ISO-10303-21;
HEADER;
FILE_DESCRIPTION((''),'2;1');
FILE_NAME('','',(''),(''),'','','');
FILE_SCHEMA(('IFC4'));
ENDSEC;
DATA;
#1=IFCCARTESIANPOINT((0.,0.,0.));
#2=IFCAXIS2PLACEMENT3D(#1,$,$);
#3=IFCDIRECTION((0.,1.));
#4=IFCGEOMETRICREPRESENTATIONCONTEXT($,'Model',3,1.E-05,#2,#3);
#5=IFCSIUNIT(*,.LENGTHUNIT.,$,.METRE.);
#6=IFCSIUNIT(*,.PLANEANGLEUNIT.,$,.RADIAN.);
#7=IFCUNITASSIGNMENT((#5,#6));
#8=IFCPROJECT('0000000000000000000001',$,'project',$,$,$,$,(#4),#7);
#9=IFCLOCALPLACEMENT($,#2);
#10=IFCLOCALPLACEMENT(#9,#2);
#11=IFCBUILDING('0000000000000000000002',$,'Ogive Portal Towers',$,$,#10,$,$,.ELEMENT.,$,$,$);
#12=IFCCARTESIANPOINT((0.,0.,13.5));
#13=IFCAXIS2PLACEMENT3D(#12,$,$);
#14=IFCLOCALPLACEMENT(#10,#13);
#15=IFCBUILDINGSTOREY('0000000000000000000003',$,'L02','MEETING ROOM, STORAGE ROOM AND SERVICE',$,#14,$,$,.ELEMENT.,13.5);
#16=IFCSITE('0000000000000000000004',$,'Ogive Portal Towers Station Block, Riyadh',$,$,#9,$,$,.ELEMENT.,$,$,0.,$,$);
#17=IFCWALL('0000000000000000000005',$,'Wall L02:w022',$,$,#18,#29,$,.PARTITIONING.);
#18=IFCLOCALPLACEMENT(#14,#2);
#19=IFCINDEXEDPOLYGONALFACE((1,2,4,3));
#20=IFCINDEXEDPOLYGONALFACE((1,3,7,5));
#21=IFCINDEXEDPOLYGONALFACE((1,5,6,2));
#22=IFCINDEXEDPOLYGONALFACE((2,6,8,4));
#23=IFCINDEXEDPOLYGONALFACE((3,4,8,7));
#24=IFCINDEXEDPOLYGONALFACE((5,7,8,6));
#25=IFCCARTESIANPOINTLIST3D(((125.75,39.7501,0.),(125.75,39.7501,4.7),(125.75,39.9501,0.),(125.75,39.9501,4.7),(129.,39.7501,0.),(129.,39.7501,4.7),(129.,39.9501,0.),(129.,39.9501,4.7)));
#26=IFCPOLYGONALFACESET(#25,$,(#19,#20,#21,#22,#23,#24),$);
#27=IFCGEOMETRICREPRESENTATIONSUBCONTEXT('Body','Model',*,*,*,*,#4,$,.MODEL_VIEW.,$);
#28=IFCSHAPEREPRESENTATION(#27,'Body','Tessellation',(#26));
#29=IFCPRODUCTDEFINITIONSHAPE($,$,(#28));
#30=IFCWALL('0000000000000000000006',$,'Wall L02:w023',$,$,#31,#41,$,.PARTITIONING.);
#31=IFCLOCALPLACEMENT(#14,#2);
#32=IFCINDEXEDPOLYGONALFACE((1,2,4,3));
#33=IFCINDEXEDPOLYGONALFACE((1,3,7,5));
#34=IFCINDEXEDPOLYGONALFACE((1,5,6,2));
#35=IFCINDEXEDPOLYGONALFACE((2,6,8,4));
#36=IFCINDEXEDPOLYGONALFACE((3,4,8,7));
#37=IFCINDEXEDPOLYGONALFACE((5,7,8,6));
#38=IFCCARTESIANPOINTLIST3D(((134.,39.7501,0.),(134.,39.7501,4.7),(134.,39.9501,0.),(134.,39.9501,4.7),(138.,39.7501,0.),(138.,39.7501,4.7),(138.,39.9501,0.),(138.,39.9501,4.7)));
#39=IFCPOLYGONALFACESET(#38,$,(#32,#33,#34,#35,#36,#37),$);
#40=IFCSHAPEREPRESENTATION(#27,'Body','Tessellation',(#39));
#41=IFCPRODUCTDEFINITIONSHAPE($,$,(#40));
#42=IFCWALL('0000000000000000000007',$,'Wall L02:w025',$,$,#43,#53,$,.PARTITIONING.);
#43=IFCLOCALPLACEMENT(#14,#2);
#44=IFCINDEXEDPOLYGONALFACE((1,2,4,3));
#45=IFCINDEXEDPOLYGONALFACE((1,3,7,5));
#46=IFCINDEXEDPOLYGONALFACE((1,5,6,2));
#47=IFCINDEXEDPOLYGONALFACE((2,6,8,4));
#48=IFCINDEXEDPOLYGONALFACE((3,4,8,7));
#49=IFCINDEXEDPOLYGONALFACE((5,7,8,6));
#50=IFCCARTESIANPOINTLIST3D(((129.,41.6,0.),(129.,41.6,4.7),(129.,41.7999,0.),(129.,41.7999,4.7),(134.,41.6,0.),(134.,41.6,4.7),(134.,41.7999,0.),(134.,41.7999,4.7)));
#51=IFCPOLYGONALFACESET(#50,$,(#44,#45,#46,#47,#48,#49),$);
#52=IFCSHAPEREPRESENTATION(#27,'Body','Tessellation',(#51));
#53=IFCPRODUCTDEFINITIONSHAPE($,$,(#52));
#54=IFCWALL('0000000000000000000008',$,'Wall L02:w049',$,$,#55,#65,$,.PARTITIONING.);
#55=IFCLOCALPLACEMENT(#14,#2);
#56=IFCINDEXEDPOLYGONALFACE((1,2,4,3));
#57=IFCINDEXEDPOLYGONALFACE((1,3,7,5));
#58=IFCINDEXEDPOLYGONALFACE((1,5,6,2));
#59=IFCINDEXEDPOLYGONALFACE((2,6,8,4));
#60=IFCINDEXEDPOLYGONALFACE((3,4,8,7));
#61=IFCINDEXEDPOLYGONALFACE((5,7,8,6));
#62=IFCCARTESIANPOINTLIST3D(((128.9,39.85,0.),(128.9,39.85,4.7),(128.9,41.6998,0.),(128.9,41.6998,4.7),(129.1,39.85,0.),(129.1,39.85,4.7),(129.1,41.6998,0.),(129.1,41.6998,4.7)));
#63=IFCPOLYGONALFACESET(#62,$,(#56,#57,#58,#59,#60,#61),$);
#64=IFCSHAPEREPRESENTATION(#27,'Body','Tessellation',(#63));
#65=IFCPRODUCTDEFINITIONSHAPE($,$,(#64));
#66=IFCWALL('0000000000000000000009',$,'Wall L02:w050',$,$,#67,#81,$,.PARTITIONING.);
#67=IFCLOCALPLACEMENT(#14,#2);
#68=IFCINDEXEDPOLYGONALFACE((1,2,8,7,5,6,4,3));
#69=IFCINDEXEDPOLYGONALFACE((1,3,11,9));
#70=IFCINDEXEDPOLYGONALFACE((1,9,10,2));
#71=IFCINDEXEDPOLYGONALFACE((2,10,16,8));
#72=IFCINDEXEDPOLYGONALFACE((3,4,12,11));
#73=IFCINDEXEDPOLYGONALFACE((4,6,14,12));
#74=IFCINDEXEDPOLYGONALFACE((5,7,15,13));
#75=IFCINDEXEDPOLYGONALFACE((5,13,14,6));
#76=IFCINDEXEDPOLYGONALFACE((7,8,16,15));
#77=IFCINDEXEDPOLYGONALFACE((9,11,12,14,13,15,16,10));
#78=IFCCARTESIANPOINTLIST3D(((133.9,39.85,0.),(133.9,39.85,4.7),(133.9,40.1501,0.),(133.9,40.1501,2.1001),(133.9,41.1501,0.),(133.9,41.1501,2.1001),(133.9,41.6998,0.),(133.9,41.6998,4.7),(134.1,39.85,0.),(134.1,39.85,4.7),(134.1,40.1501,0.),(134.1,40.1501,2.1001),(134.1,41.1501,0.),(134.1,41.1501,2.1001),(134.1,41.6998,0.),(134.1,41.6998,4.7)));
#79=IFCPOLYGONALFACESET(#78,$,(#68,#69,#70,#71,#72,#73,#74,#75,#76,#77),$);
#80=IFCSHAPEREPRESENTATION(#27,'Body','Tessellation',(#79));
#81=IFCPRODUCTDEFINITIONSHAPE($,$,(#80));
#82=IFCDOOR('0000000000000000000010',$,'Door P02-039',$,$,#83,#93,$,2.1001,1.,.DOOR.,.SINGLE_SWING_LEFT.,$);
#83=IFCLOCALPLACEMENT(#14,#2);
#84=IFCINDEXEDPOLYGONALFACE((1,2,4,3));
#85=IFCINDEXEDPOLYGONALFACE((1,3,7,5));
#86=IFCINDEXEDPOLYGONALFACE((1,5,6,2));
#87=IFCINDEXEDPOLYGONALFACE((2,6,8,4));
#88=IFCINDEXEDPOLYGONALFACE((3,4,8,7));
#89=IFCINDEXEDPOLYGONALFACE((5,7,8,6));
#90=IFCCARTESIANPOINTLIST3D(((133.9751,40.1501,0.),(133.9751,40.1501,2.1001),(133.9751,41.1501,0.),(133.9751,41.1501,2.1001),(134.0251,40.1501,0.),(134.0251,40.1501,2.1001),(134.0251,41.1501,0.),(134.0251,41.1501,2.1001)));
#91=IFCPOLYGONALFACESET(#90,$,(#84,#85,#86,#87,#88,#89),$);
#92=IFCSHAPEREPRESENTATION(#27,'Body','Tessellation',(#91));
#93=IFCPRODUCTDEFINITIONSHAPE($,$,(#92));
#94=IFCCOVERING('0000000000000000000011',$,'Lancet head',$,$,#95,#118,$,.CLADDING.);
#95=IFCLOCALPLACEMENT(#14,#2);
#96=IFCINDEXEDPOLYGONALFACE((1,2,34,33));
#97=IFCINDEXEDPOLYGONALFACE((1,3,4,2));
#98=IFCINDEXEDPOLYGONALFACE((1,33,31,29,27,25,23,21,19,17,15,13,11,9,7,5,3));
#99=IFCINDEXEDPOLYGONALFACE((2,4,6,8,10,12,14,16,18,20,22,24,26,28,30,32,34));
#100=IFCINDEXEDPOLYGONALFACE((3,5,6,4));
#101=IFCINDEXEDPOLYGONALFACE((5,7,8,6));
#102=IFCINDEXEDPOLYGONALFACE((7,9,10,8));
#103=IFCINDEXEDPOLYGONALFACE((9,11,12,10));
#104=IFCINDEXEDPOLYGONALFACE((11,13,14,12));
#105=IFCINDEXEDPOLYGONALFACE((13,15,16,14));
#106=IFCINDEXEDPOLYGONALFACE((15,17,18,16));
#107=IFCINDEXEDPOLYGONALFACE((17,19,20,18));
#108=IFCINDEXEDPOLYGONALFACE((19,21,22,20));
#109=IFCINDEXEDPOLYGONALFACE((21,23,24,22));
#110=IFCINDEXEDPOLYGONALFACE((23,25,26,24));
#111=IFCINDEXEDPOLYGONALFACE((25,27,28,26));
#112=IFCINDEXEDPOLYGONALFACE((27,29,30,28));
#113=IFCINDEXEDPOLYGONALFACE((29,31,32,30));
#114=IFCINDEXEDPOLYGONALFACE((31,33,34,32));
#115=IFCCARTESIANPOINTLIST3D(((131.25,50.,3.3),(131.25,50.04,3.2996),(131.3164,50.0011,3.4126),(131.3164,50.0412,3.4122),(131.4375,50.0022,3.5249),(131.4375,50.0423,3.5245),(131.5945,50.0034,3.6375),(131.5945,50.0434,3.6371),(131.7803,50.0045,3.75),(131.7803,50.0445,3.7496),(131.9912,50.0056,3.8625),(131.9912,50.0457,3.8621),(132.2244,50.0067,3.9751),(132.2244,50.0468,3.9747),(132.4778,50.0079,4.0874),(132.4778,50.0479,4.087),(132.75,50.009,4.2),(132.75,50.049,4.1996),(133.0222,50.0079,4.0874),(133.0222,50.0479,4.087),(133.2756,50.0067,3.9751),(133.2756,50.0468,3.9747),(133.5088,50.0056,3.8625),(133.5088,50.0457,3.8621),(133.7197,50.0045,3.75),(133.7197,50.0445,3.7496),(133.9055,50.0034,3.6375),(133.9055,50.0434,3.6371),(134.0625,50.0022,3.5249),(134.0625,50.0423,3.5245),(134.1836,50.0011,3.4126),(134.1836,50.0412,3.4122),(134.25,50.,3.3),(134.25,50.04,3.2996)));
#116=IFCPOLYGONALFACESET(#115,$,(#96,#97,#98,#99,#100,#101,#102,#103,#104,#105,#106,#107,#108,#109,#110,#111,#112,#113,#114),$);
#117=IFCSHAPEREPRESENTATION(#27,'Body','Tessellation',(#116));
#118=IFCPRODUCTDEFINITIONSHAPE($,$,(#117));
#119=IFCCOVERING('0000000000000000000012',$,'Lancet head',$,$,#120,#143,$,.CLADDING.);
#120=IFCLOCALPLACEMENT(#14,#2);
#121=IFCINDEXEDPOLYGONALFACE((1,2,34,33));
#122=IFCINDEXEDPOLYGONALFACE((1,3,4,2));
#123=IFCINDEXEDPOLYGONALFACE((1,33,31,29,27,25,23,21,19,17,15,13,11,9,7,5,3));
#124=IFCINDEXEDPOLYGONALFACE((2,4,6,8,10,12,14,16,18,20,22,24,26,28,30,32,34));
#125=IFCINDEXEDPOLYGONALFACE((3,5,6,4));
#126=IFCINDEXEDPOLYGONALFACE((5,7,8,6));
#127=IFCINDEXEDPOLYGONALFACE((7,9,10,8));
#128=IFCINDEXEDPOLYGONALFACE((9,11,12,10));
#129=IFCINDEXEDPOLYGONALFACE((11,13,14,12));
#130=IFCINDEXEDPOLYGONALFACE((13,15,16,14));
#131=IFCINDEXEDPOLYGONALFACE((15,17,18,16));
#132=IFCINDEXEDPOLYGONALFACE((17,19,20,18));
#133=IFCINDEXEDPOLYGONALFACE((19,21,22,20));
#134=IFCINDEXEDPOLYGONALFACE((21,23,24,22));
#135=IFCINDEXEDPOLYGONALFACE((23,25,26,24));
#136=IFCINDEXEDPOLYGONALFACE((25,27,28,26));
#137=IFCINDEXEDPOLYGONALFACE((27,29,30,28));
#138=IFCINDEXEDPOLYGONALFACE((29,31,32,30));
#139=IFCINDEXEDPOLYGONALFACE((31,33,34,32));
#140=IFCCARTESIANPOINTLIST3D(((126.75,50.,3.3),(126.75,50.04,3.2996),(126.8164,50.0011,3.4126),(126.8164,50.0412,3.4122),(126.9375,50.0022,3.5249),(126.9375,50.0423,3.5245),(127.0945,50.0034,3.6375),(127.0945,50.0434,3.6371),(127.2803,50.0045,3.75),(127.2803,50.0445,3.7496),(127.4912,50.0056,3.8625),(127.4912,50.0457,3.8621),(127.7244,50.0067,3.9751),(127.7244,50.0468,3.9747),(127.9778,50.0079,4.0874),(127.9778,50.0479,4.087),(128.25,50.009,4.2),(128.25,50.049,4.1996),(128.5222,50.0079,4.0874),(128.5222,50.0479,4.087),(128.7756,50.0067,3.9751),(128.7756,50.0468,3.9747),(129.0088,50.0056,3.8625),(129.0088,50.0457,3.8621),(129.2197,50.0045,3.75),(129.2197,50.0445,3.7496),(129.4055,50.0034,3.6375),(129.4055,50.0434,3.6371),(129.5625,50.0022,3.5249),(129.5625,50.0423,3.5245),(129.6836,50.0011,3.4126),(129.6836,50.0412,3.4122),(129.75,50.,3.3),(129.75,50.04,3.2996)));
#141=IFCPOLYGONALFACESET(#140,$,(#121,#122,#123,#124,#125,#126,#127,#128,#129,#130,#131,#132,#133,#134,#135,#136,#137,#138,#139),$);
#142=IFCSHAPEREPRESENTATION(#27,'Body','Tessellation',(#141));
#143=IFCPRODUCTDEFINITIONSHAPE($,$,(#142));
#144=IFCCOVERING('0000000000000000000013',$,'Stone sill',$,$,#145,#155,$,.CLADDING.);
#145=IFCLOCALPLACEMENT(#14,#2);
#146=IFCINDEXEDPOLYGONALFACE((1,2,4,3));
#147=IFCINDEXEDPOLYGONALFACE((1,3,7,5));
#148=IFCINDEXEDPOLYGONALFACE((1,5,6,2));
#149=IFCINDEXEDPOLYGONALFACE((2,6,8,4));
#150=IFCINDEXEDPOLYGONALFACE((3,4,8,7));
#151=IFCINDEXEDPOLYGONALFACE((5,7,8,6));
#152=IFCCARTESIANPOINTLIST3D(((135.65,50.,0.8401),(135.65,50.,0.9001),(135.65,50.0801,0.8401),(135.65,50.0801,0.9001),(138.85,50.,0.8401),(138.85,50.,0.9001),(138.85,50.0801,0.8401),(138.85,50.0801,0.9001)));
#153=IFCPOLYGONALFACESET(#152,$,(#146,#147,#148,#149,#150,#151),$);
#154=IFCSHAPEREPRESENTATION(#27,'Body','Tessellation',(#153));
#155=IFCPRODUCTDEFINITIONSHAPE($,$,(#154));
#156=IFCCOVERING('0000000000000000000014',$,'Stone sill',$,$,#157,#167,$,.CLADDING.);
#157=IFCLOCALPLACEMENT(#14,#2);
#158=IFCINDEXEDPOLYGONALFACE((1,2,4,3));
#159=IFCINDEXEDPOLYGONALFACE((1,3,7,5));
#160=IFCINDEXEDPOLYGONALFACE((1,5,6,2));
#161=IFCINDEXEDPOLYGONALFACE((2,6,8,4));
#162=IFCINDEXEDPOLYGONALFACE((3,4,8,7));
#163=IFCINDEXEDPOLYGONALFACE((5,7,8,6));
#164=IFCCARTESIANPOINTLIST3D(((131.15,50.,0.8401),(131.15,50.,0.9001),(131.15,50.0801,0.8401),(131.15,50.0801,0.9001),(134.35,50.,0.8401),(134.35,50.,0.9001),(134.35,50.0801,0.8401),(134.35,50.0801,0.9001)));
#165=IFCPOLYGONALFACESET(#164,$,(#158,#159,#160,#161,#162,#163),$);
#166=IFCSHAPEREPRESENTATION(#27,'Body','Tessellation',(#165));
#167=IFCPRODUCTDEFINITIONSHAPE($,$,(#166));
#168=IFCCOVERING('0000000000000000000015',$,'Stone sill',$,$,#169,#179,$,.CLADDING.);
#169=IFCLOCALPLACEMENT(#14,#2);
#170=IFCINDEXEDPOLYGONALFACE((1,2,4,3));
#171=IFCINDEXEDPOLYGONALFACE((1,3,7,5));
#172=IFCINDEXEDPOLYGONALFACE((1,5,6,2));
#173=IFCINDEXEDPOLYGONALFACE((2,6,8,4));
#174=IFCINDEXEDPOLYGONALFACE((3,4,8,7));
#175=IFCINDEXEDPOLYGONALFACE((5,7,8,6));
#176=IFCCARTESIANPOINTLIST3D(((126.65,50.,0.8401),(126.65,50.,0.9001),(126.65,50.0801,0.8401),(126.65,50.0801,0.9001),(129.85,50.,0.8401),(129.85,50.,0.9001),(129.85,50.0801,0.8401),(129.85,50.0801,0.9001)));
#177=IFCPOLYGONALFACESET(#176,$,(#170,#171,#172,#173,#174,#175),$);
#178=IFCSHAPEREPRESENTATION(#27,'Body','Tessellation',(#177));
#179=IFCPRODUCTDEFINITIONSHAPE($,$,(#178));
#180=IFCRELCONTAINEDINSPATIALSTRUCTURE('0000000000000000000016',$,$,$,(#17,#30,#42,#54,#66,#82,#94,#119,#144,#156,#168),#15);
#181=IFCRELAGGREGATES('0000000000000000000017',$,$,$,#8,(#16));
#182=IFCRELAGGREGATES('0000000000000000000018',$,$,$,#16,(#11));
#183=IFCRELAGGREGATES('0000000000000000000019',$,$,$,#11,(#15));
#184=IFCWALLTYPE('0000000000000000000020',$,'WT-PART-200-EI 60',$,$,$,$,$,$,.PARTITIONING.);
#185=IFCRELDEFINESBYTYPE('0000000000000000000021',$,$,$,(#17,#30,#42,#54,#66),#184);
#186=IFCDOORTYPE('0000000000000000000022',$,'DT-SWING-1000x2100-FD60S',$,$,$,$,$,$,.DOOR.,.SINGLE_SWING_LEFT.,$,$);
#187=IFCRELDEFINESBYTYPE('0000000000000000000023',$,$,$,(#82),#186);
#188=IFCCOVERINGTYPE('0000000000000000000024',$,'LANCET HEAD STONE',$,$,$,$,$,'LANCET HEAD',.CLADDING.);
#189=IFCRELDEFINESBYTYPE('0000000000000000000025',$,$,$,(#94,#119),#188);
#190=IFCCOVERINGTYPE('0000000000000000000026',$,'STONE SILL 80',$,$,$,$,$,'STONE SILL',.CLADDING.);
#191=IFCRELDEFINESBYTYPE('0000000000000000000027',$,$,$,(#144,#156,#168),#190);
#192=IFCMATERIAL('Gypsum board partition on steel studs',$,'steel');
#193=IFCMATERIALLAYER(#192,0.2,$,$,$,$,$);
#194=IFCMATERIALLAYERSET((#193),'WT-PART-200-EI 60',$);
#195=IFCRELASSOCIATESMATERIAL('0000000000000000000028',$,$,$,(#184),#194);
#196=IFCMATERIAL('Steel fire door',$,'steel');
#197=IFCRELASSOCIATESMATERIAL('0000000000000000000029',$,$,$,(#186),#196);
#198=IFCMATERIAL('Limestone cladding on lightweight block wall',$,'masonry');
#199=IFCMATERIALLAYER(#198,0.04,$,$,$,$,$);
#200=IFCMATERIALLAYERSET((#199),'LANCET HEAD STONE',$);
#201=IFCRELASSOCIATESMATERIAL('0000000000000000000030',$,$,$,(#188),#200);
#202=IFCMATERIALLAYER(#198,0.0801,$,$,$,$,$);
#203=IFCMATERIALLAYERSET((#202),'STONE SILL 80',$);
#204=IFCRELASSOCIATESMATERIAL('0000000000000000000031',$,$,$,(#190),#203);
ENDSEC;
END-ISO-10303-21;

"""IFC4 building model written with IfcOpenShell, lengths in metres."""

from ifc_helpers import new_model, si_unit, direction, frame, frame_2d, origin, origin_2d, place, context, subcontext, project, spatial, polyline, rectangle, outline, extrude, material, layer, layer_set, type_object, element, fill, save


model = new_model("IFC4")

# Units and contexts
model_context = context("Model", 3, precision=1e-05, world=origin(), true_north=direction((0.0, 1.0)))
body_context = subcontext(model_context, "Body", "Model", "MODEL_VIEW")
ifc_project = project(units=[si_unit("LENGTHUNIT", "METRE"), si_unit("PLANEANGLEUNIT", "RADIAN")], contexts=[model_context])

# Site, building, storey
site_placement = place(None, origin())
site = spatial("IfcSite", under=ifc_project, at=site_placement, Name="Ogive Portal Towers Station Block, Riyadh", CompositionType="ELEMENT", RefElevation=0.0)
building_placement = place(site_placement, origin())
building = spatial("IfcBuilding", under=site, at=building_placement, Name="Ogive Portal Towers", CompositionType="ELEMENT")
storey_placement = place(building_placement, frame((0.0, 0.0, 13.5)))
storey = spatial("IfcBuildingStorey", under=building, at=storey_placement, Name="L02", Description="MEETING ROOM, STORAGE ROOM AND SERVICE", CompositionType="ELEMENT", Elevation=13.5)

# Shared definitions
ifc_material_1 = material(Name="Steel fire door", Category="steel")

# Walls
ifc_material_2 = material(Name="Gypsum board partition on steel studs", Category="steel")
ifc_layer_1 = layer(ifc_material_2, 0.2)
ifc_layer_set_1 = layer_set([ifc_layer_1], Name="WT-PART-200-EI 60")
wall_type_1 = type_object("IfcWallType", Name="WT-PART-200-EI 60", PredefinedType="PARTITIONING", material=ifc_layer_set_1)
wall_1_placement = place(storey_placement, frame((125.75, 39.8501, 0.0), z_axis=(0.0, 0.0, 1.0), x_axis=(1.0, 0.0, 0.0)))
element("IfcWall", 1, at=wall_1_placement, inside=storey, type_object=wall_type_1, Name="Wall L02:w022", PredefinedType="PARTITIONING", context=body_context, shape_type="SweptSolid", body=[
    extrude(rectangle(XDim=3.25, YDim=0.2, at=frame_2d((1.625, 0.0))), origin(), (0.0, 0.0, 1.0), 4.7),
])
wall_2_placement = place(storey_placement, frame((134.0, 39.8501, 0.0), z_axis=(0.0, 0.0, 1.0), x_axis=(1.0, 0.0, 0.0)))
element("IfcWall", 2, at=wall_2_placement, inside=storey, type_object=wall_type_1, Name="Wall L02:w023", PredefinedType="PARTITIONING", context=body_context, shape_type="SweptSolid", body=[
    extrude(rectangle(XDim=4.0, YDim=0.2, at=frame_2d((2.0, 0.0))), origin(), (0.0, 0.0, 1.0), 4.7),
])
wall_3_placement = place(storey_placement, frame((129.0, 41.7, 0.0), z_axis=(0.0, 0.0, 1.0), x_axis=(1.0, 0.0, 0.0)))
element("IfcWall", 3, at=wall_3_placement, inside=storey, type_object=wall_type_1, Name="Wall L02:w025", PredefinedType="PARTITIONING", context=body_context, shape_type="SweptSolid", body=[
    extrude(rectangle(XDim=5.0, YDim=0.2, at=frame_2d((2.5, 0.0))), origin(), (0.0, 0.0, 1.0), 4.7),
])
wall_4_placement = place(storey_placement, frame((129.0, 39.8501, 0.0), z_axis=(0.0, 0.0, 1.0), x_axis=(0.0, 1.0, 0.0)))
element("IfcWall", 4, at=wall_4_placement, inside=storey, type_object=wall_type_1, Name="Wall L02:w049", PredefinedType="PARTITIONING", context=body_context, shape_type="SweptSolid", body=[
    extrude(rectangle(XDim=1.8499, YDim=0.2, at=frame_2d((0.9248, 0.0))), origin(), (0.0, 0.0, 1.0), 4.7),
])

# Wall, opening, door
wall_5_placement = place(storey_placement, frame((134.0, 39.8501, 0.0), z_axis=(0.0, 0.0, 1.0), x_axis=(0.0, 1.0, 0.0)))
wall_5 = element("IfcWall", 5, at=wall_5_placement, inside=storey, type_object=wall_type_1, Name="Wall L02:w050", PredefinedType="PARTITIONING", context=body_context, shape_type="SweptSolid", body=[
    extrude(rectangle(XDim=1.8499, YDim=0.2, at=frame_2d((0.9248, 0.0))), origin(), (0.0, 0.0, 1.0), 4.7),
])
opening_1_placement = place(wall_5_placement, frame((0.3, 0.0, 0.0)))
opening_1 = element("IfcOpeningElement", 6, at=opening_1_placement, cuts=wall_5, PredefinedType="OPENING", context=body_context, shape_type="SweptSolid", body=[
    extrude(rectangle(XDim=1.0, YDim=2.1001, at=frame_2d((0.5, 1.05))), frame((0.0, 0.1099, 0.0), z_axis=(0.0, -1.0, 0.0), x_axis=(1.0, 0.0, 0.0)), (0.0, 0.0, 1.0), 0.22),
])
door_type_1 = type_object("IfcDoorType", Name="DT-SWING-1000x2100-FD60S", OperationType="SINGLE_SWING_LEFT", PredefinedType="DOOR", material=ifc_material_1)
door_1_placement = place(opening_1_placement, origin())
door_1 = element("IfcDoor", 7, at=door_1_placement, inside=storey, type_object=door_type_1, Name="Door P02-039", OperationType="SINGLE_SWING_LEFT", OverallHeight=2.1001, OverallWidth=1.0, PredefinedType="DOOR", context=body_context, shape_type="SweptSolid", body=[
    extrude(rectangle(XDim=1.0, YDim=2.1001, at=frame_2d((0.5, 1.05))), frame((0.0, 0.0249, 0.0), z_axis=(0.0, -1.0, 0.0), x_axis=(1.0, 0.0, 0.0)), (0.0, 0.0, 1.0), 0.05),
])
fill(opening_1, door_1)

# Coverings
ifc_material_3 = material(Name="Limestone cladding on lightweight block wall", Category="masonry")
ifc_layer_2 = layer(ifc_material_3, 0.04)
ifc_layer_set_2 = layer_set([ifc_layer_2], Name="LANCET HEAD STONE")
covering_type_1 = type_object("IfcCoveringType", Name="LANCET HEAD STONE", ElementType="LANCET HEAD", PredefinedType="CLADDING", material=ifc_layer_set_2)
for number, where, z_axis, x_axis, name in (
    (8, (134.25, 50.0, 3.3), (0.0, -0.99995, 0.009994), (-1.0, 0.0, 0.0), "Lancet head"),
    (9, (129.75, 50.0, 3.3), (0.0, -0.99995, 0.009994), (-1.0, 0.0, 0.0), "Lancet head"),
):
    element("IfcCovering", number, at=place(storey_placement, frame(where, z_axis=z_axis, x_axis=x_axis)), inside=storey, type_object=covering_type_1, Name=name, PredefinedType="CLADDING", context=body_context, shape_type="SweptSolid", body=[
        extrude(outline(polyline([(0.0, 0.0), (3.0, 0.0), (2.9336, -0.1126), (2.8125, -0.2249), (2.6555, -0.3374), (2.4697, -0.45), (2.2588, -0.5625), (2.0256, -0.6751), (1.7722, -0.7874), (1.5, -0.8999), (1.2278, -0.7874), (0.9744, -0.6751), (0.7412, -0.5625), (0.5303, -0.45), (0.3445, -0.3374), (0.1875, -0.2249), (0.0664, -0.1126), (0.0, 0.0)])), origin(), (0.0, 0.0, -1.0), 0.04),
    ])
ifc_layer_3 = layer(ifc_material_3, 0.0801)
ifc_layer_set_3 = layer_set([ifc_layer_3], Name="STONE SILL 80")
covering_type_2 = type_object("IfcCoveringType", Name="STONE SILL 80", ElementType="STONE SILL", PredefinedType="CLADDING", material=ifc_layer_set_3)
for number, where, z_axis, x_axis, name in (
    (10, (137.25, 50.04, 0.8401), (0.0, 0.0, 1.0), (-1.0, 0.0, 0.0), "Stone sill"),
    (11, (132.75, 50.04, 0.8401), (0.0, 0.0, 1.0), (-1.0, 0.0, 0.0), "Stone sill"),
    (12, (128.25, 50.04, 0.8401), (0.0, 0.0, 1.0), (-1.0, 0.0, 0.0), "Stone sill"),
):
    element("IfcCovering", number, at=place(storey_placement, frame(where, z_axis=z_axis, x_axis=x_axis)), inside=storey, type_object=covering_type_2, Name=name, PredefinedType="CLADDING", context=body_context, shape_type="SweptSolid", body=[
        extrude(rectangle(XDim=3.2, YDim=0.0801, at=origin_2d()), origin(), (0.0, 0.0, 1.0), 0.0601),
    ])

save(model, "model.ifc")
